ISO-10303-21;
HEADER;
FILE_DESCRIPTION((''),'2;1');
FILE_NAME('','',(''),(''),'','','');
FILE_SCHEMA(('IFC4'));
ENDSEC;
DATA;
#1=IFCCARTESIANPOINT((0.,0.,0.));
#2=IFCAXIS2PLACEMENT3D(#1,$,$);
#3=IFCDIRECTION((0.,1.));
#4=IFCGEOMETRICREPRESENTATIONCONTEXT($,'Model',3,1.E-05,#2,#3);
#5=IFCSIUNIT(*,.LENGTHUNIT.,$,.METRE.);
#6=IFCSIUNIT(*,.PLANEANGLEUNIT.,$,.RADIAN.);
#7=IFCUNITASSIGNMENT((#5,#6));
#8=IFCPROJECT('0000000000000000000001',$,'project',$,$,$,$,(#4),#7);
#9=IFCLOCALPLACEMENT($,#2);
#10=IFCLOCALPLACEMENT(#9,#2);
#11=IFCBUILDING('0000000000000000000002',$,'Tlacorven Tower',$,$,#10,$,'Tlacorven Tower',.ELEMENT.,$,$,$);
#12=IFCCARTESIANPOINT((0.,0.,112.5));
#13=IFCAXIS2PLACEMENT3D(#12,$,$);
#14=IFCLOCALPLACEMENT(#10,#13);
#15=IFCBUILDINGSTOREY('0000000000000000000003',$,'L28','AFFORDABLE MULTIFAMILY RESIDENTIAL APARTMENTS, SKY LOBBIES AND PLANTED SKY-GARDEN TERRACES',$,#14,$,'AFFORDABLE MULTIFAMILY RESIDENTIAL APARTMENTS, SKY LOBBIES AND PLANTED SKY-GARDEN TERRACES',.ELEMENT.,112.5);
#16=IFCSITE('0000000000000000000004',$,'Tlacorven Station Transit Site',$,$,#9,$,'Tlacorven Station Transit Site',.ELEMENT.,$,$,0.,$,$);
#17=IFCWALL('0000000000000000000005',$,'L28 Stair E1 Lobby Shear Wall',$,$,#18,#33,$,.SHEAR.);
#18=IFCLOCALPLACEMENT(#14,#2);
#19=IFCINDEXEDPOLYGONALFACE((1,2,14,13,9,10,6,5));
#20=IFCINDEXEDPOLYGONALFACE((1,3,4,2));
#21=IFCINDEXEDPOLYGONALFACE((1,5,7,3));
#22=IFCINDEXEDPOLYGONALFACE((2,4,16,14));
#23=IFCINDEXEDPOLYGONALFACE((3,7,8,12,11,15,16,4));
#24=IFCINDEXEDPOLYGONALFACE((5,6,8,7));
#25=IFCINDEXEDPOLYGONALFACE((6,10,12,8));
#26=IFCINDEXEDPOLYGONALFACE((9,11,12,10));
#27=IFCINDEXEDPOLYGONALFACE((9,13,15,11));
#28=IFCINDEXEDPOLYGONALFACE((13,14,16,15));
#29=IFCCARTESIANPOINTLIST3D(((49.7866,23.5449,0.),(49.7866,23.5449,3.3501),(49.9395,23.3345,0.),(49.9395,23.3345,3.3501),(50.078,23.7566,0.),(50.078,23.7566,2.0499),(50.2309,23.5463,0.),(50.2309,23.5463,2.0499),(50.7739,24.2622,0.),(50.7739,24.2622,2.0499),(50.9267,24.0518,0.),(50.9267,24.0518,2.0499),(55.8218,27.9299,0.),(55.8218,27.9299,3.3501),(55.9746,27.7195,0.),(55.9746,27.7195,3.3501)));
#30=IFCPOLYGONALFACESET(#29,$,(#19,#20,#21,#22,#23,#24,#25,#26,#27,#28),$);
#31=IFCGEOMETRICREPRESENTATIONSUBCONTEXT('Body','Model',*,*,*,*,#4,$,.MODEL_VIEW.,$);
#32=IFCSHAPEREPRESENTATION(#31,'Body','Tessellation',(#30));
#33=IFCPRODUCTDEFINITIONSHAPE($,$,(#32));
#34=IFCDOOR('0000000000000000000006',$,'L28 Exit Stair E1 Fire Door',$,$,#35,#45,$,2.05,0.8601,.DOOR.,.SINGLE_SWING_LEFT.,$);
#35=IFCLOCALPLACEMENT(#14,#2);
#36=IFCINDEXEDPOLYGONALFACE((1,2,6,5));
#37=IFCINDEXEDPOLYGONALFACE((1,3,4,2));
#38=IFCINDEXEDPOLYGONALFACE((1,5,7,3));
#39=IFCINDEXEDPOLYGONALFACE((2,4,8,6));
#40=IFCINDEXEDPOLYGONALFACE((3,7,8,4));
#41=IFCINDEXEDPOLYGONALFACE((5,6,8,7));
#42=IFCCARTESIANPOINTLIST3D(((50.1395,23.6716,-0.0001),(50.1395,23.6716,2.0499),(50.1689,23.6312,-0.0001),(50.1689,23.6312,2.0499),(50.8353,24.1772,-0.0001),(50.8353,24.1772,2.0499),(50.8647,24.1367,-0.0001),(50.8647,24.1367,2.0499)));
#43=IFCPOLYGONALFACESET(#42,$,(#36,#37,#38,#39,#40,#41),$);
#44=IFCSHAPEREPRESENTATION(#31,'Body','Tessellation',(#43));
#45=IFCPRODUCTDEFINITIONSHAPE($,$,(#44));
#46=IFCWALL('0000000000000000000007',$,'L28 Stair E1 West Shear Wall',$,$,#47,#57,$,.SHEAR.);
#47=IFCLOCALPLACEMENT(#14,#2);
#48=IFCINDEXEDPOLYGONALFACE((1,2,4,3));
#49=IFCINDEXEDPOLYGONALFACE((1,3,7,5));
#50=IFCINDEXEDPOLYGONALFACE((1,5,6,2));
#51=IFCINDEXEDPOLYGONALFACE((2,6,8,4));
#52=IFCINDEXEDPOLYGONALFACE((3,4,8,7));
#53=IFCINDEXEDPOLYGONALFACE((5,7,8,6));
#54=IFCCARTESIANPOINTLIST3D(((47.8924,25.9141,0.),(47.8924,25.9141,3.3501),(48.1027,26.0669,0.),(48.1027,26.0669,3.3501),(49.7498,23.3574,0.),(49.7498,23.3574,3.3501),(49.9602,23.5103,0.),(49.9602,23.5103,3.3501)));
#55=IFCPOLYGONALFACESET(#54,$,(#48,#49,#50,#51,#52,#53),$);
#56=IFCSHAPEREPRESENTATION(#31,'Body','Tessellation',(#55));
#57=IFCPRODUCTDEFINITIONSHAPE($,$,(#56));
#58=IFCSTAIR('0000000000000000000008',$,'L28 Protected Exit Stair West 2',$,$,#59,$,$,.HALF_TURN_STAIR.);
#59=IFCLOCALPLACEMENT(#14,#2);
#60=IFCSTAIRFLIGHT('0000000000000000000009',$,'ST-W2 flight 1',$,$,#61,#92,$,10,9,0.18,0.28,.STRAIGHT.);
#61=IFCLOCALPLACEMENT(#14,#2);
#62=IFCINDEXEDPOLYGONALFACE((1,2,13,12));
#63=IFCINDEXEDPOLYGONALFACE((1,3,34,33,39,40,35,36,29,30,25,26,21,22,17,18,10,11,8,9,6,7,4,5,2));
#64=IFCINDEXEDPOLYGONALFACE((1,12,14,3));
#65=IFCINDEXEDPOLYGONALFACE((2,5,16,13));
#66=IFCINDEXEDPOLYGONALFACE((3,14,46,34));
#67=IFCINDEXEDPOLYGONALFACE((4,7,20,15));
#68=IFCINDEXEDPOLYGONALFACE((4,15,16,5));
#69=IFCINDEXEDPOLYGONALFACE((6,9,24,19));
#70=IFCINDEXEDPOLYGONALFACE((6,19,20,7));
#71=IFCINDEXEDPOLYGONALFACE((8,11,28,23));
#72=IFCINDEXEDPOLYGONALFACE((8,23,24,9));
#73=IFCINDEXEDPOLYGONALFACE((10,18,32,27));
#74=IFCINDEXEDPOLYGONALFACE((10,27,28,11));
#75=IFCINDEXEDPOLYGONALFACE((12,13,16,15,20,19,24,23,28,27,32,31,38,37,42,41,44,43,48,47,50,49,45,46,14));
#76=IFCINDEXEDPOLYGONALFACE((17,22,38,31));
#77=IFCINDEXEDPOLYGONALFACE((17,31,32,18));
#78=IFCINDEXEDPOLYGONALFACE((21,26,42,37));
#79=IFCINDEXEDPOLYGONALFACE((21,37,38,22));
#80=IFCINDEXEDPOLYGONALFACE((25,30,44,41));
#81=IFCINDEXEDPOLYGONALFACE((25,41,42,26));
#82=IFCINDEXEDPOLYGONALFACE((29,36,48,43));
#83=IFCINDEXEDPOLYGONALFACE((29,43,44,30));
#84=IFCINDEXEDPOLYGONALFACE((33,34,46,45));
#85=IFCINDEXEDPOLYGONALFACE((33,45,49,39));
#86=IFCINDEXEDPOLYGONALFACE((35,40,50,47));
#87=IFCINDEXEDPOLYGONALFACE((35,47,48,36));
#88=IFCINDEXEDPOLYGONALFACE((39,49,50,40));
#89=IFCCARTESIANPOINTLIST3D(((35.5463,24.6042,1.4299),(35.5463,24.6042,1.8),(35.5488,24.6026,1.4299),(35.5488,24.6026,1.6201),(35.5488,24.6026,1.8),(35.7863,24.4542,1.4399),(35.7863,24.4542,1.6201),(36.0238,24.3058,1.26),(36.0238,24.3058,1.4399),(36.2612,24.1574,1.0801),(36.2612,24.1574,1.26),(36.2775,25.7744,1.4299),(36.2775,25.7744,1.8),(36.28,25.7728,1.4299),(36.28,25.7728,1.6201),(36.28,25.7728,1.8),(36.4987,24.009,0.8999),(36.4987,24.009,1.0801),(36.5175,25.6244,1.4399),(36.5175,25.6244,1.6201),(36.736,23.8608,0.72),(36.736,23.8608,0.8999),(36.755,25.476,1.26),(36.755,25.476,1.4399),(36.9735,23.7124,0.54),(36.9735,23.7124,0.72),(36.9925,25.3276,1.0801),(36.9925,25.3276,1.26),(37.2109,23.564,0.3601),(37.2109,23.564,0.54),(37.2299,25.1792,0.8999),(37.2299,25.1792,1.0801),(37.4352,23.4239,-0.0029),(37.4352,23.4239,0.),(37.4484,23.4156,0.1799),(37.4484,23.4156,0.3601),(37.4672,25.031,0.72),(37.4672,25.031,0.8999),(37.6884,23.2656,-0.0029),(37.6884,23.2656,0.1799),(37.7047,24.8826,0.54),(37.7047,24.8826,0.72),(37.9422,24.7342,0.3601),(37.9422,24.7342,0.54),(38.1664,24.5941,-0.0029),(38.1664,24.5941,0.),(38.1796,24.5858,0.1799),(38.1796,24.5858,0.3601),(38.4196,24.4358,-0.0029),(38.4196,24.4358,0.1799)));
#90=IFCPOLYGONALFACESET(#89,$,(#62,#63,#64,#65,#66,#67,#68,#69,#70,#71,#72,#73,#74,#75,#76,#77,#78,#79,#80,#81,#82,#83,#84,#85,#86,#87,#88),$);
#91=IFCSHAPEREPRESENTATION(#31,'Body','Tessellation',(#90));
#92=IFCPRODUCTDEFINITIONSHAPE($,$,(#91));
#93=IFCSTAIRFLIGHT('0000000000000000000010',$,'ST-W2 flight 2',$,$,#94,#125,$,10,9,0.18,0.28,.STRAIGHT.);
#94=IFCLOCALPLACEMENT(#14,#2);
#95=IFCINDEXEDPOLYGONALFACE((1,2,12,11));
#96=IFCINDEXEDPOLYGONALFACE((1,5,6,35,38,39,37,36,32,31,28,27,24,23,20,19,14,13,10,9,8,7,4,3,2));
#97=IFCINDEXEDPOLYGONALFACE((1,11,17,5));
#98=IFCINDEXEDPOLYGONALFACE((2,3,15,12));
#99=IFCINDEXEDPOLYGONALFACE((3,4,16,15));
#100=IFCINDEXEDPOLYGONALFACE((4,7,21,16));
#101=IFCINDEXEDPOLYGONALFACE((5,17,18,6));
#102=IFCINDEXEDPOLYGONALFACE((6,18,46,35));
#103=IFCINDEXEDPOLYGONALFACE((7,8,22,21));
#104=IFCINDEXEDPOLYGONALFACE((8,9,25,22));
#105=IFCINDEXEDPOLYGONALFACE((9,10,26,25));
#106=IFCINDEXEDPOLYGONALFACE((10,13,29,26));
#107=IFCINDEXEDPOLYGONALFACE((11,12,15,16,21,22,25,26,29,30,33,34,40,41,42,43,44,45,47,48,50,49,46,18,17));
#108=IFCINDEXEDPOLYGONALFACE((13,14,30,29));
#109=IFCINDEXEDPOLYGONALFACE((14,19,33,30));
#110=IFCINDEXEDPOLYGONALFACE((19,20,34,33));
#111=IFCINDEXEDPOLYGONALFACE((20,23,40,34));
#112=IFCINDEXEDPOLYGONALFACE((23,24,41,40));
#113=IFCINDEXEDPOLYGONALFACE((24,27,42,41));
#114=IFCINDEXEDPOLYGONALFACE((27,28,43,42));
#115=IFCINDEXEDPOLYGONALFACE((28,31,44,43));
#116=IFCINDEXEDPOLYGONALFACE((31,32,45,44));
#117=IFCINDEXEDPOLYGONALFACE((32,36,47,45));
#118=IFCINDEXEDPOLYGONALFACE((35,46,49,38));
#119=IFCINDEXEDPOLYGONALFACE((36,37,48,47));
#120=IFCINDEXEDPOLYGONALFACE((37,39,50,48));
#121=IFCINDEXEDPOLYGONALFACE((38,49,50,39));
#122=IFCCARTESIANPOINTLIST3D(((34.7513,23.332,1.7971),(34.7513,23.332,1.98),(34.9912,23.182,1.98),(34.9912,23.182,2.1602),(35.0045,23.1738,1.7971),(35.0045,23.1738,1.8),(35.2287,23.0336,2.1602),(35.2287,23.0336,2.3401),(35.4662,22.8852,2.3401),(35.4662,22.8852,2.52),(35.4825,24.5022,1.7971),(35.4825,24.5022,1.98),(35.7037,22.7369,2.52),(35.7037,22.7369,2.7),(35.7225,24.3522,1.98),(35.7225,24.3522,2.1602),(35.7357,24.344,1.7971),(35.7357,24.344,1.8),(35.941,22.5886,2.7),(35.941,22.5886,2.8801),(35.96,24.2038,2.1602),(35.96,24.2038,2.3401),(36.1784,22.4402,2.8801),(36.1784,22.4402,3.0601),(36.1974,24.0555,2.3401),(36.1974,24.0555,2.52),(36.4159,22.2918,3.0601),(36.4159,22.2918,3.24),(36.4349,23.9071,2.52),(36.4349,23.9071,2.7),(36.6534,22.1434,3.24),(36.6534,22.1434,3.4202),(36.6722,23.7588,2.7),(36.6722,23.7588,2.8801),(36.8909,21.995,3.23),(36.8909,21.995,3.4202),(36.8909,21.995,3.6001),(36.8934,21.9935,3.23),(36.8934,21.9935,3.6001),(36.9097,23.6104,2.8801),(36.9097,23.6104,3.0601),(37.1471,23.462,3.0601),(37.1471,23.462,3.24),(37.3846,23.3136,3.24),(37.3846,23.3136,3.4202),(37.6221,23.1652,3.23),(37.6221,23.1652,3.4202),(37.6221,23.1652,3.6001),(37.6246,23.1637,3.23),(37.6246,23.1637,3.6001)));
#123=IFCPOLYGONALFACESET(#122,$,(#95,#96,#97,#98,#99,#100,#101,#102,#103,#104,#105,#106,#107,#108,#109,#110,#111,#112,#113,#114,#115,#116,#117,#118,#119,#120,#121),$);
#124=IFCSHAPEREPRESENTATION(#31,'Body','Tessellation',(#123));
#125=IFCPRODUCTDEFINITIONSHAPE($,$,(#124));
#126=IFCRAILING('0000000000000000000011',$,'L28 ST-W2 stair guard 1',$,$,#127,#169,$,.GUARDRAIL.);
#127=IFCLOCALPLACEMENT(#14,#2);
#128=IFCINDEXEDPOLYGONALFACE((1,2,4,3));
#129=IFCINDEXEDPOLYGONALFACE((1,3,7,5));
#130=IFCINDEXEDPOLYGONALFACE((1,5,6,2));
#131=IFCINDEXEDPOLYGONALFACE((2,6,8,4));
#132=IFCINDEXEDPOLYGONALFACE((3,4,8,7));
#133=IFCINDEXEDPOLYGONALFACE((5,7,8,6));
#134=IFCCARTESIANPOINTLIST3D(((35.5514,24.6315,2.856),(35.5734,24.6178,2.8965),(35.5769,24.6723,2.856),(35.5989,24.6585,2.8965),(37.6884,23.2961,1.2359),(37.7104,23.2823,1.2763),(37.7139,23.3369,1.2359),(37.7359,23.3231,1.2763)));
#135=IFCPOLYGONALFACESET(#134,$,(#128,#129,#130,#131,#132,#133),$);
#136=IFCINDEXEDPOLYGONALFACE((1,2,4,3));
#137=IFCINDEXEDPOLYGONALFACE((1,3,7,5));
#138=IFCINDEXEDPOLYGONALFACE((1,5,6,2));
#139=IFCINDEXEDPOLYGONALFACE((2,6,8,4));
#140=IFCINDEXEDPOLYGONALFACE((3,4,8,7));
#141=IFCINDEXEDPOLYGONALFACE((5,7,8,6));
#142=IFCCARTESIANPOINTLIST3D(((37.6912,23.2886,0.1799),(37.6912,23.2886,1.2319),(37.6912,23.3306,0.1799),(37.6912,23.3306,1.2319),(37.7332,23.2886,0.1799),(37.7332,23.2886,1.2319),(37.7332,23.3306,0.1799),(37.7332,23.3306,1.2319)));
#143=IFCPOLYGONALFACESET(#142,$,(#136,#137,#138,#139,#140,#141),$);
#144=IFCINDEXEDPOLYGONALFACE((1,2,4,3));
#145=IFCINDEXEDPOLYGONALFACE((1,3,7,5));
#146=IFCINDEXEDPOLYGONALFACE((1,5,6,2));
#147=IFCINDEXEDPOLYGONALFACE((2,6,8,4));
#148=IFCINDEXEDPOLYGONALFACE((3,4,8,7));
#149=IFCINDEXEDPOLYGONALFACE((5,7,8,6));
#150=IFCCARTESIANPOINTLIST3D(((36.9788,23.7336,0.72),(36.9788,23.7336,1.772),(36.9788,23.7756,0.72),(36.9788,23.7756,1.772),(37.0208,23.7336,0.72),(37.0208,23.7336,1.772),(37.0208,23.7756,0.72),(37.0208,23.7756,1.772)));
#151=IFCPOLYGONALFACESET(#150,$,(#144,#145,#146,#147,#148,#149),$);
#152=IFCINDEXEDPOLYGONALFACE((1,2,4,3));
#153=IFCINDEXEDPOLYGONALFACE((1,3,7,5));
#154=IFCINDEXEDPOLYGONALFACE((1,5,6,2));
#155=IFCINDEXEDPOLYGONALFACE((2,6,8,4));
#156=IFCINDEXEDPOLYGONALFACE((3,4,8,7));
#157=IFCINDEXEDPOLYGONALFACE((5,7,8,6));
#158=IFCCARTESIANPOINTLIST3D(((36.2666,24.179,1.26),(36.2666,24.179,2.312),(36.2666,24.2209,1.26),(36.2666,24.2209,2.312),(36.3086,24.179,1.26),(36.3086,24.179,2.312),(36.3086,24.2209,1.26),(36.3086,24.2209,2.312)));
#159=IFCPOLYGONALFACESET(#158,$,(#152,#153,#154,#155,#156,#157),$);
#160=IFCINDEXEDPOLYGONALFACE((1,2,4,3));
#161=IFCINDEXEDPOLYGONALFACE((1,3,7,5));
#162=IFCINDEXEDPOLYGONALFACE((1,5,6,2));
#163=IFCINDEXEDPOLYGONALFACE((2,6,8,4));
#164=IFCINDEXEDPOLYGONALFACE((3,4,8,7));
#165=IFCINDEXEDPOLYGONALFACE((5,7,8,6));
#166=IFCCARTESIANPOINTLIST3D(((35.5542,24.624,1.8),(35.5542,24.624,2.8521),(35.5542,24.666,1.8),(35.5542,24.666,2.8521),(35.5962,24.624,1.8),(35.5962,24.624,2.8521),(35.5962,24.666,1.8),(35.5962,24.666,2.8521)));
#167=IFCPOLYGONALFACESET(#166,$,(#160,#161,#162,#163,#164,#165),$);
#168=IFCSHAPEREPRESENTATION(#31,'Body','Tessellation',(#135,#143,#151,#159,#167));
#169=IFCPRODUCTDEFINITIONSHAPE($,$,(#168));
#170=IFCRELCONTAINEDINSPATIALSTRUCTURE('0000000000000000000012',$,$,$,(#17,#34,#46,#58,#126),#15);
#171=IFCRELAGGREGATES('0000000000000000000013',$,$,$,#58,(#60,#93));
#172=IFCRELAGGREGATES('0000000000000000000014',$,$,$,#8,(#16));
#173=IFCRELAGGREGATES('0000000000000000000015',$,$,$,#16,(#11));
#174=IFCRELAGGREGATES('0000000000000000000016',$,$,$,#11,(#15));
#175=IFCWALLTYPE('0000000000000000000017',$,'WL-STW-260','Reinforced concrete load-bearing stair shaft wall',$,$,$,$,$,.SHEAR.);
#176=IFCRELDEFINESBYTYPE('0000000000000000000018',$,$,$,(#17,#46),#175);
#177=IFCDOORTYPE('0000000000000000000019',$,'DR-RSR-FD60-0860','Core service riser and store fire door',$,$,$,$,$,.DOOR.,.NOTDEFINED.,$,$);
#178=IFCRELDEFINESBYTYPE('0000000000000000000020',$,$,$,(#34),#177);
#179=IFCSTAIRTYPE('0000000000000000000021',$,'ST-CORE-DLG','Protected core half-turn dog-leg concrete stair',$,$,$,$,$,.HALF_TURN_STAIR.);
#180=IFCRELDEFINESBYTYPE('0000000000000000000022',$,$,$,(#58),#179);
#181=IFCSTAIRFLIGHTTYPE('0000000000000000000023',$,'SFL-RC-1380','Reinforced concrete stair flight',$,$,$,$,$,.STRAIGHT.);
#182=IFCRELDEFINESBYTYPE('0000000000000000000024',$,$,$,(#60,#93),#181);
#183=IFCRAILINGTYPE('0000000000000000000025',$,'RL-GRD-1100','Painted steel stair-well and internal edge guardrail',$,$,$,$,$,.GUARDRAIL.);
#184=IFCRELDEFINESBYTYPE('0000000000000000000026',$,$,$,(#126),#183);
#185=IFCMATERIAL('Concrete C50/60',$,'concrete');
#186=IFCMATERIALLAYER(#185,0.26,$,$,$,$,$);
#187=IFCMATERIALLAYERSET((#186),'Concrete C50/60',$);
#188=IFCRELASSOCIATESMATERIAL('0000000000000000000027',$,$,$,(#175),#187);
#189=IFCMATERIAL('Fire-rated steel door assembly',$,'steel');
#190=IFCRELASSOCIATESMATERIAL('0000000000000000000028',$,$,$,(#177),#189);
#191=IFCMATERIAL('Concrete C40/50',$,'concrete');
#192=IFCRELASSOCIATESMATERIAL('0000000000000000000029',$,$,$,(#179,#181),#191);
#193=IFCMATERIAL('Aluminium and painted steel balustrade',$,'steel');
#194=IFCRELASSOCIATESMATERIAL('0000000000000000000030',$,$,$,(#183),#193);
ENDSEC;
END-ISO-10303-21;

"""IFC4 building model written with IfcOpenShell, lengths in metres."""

from ifc_helpers import new_model, si_unit, direction, frame, frame_2d, origin, origin_2d, place, context, subcontext, project, spatial, polyline, rectangle, outline, extrude, source, transform, mapped, material, layer, layer_set, type_object, element, fill, aggregate, save


model = new_model("IFC4")

# Units and contexts
model_context = context("Model", 3, precision=1e-05, world=origin(), true_north=direction((0.0, 1.0)))
body_context = subcontext(model_context, "Body", "Model", "MODEL_VIEW")
ifc_project = project(units=[si_unit("LENGTHUNIT", "METRE"), si_unit("PLANEANGLEUNIT", "RADIAN")], contexts=[model_context])

# Site, building, storey
site_placement = place(None, origin())
site = spatial("IfcSite", under=ifc_project, at=site_placement, Name="Tlacorven Station Transit Site", LongName="Tlacorven Station Transit Site", CompositionType="ELEMENT", RefElevation=0.0)
building_placement = place(site_placement, origin())
building = spatial("IfcBuilding", under=site, at=building_placement, Name="Tlacorven Tower", LongName="Tlacorven Tower", CompositionType="ELEMENT")
storey_placement = place(building_placement, frame((0.0, 0.0, 112.5)))
storey = spatial("IfcBuildingStorey", under=building, at=storey_placement, Name="L28", Description="AFFORDABLE MULTIFAMILY RESIDENTIAL APARTMENTS, SKY LOBBIES AND PLANTED SKY-GARDEN TERRACES", LongName="AFFORDABLE MULTIFAMILY RESIDENTIAL APARTMENTS, SKY LOBBIES AND PLANTED SKY-GARDEN TERRACES", CompositionType="ELEMENT", Elevation=112.5)

# Shared definitions
ifc_material_1 = material(Name="Concrete C40/50", Category="concrete")
ifc_material_2 = material(Name="Concrete C50/60", Category="concrete")
ifc_layer_1 = layer(ifc_material_2, 0.26)
ifc_layer_set_1 = layer_set([ifc_layer_1], Name="Concrete C50/60")
wall_type_1 = type_object("IfcWallType", Name="WL-STW-260", Description="Reinforced concrete load-bearing stair shaft wall", PredefinedType="SHEAR", material=ifc_layer_set_1)

# Wall, opening, door
wall_1_placement = place(storey_placement, frame((49.863, 23.4397, 0.0), z_axis=(0.0, 0.0, 1.0), x_axis=(0.809003, 0.587804, 0.0)))
wall_1 = element("IfcWall", 1, at=wall_1_placement, inside=storey, type_object=wall_type_1, Name="L28 Stair E1 Lobby Shear Wall", PredefinedType="SHEAR", context=body_context, shape_type="SweptSolid", body=[
    extrude(rectangle(XDim=7.46, YDim=0.26, at=frame_2d((3.73, 0.0))), origin(), (0.0, 0.0, 1.0), 3.3501),
])
opening_placement = place(wall_1_placement, frame((0.3601, 0.0, 0.0)))
opening = element("IfcOpeningElement", 2, at=opening_placement, cuts=wall_1, PredefinedType="OPENING", context=body_context, shape_type="SweptSolid", body=[
    extrude(rectangle(XDim=0.8601, YDim=2.05, at=frame_2d((0.4302, 1.0249))), frame((0.0, 0.1401, 0.0), z_axis=(0.0, -1.0, 0.0), x_axis=(1.0, 0.0, 0.0)), (0.0, 0.0, 1.0), 0.28),
])
ifc_material_3 = material(Name="Fire-rated steel door assembly", Category="steel")
door_type = type_object("IfcDoorType", Name="DR-RSR-FD60-0860", Description="Core service riser and store fire door", OperationType="NOTDEFINED", PredefinedType="DOOR", material=ifc_material_3)
shared_shape_1 = source(origin(), body_context, "Body", "SweptSolid", [
    extrude(rectangle(XDim=0.8601, YDim=2.05, at=frame_2d((0.4302, 1.0249))), frame((0.0, 0.0249, 0.0), z_axis=(0.0, -1.0, 0.0), x_axis=(1.0, 0.0, 0.0)), (0.0, 0.0, 1.0), 0.05),
])
door_placement = place(opening_placement, frame((0.8601, 0.0, 0.0), z_axis=(0.0, 0.0, 1.0), x_axis=(-1.0, 0.0, 0.0)))
door = element("IfcDoor", 3, at=door_placement, inside=storey, type_object=door_type, Name="L28 Exit Stair E1 Fire Door", OperationType="SINGLE_SWING_LEFT", OverallHeight=2.05, OverallWidth=0.8601, PredefinedType="DOOR", context=body_context, shape_type="MappedRepresentation", body=[
    mapped(shared_shape_1, transform((0.0, 0.0, 0.0), scale=1.0)),
])
fill(opening, door)

# Wall
wall_2_placement = place(storey_placement, frame((49.855, 23.4338, 0.0), z_axis=(0.0, 0.0, 1.0), x_axis=(-0.587767, 0.80903, 0.0)))
element("IfcWall", 4, at=wall_2_placement, inside=storey, type_object=wall_type_1, Name="L28 Stair E1 West Shear Wall", PredefinedType="SHEAR", context=body_context, shape_type="SweptSolid", body=[
    extrude(rectangle(XDim=3.1602, YDim=0.26, at=frame_2d((1.5801, 0.0))), origin(), (0.0, 0.0, 1.0), 3.3501),
])

# Stair, stair flights
stair_type = type_object("IfcStairType", Name="ST-CORE-DLG", Description="Protected core half-turn dog-leg concrete stair", PredefinedType="HALF_TURN_STAIR", material=ifc_material_1)
stair_placement = place(storey_placement, origin())
stair = element("IfcStair", 5, at=stair_placement, inside=storey, type_object=stair_type, Name="L28 Protected Exit Stair West 2", PredefinedType="HALF_TURN_STAIR")
stair_flight_type = type_object("IfcStairFlightType", Name="SFL-RC-1380", Description="Reinforced concrete stair flight", PredefinedType="STRAIGHT", material=ifc_material_1)
shared_shape_2 = source(origin(), body_context, "Body", "SweptSolid", [
    extrude(outline(polyline([(-0.0029, -0.0029), (-0.0029, 0.1799), (0.28, 0.1799), (0.28, 0.3601), (0.5601, 0.3601), (0.5601, 0.54), (0.8401, 0.54), (0.8401, 0.72), (1.1201, 0.72), (1.1201, 0.8999), (1.3999, 0.8999), (1.3999, 1.0801), (1.6799, 1.0801), (1.6799, 1.26), (1.96, 1.26), (1.96, 1.4399), (2.24, 1.4399), (2.24, 1.6201), (2.52, 1.6201), (2.52, 1.8), (2.5229, 1.8), (2.5229, 1.4299), (2.52, 1.4299), (0.2957, 0.0), (0.2957, -0.0029), (-0.0029, -0.0029)])), frame((0.0, 0.6899, 0.0), z_axis=(0.0, -1.0, 0.0), x_axis=(1.0, 0.0, 0.0)), (0.0, 0.0, 1.0), 1.3799),
])
stair_flight_1_placement = place(storey_placement, frame((38.0515, 23.8523, 0.0), z_axis=(0.0, 0.0, 1.0), x_axis=(-0.848048, 0.529919, 0.0)))
stair_flight_1 = element("IfcStairFlight", 6, at=stair_flight_1_placement, type_object=stair_flight_type, Name="ST-W2 flight 1", NumberOfRisers=10, NumberOfTreads=9, PredefinedType="STRAIGHT", RiserHeight=0.18, TreadLength=0.28, context=body_context, shape_type="MappedRepresentation", body=[
    mapped(shared_shape_2, transform((0.0, 0.0, 0.0), scale=1.0)),
])
stair_flight_2_placement = place(storey_placement, frame((35.1194, 23.9155, 1.8), z_axis=(0.0, 0.0, 1.0), x_axis=(0.848048, -0.529919, 0.0)))
stair_flight_2 = element("IfcStairFlight", 7, at=stair_flight_2_placement, type_object=stair_flight_type, Name="ST-W2 flight 2", NumberOfRisers=10, NumberOfTreads=9, PredefinedType="STRAIGHT", RiserHeight=0.18, TreadLength=0.28, context=body_context, shape_type="MappedRepresentation", body=[
    mapped(shared_shape_2, transform((0.0, 0.0, 0.0), scale=1.0)),
])
aggregate(stair, [stair_flight_1, stair_flight_2])

# Railing
ifc_material_4 = material(Name="Aluminium and painted steel balustrade", Category="steel")
railing_type_1 = type_object("IfcRailingType", Name="RL-GRD-1100", Description="Painted steel stair-well and internal edge guardrail", PredefinedType="GUARDRAIL", material=ifc_material_4)
shared_shape_3 = source(origin(), body_context, "Body", "SweptSolid", [
    extrude(rectangle(XDim=0.0481, YDim=0.0481, at=origin_2d()), frame((0.0, 0.0, 1.0762), z_axis=(-0.71332, 0.445774, 0.540796), x_axis=(-0.529955, -0.848026, 0.0)), (0.0, 0.0, 1.0), 2.9958),
    extrude(rectangle(XDim=0.042, YDim=0.042, at=origin_2d()), origin(), (0.0, 0.0, 1.0), 1.052),
    extrude(rectangle(XDim=0.042, YDim=0.042, at=origin_2d()), frame((-0.7124, 0.4451, 0.54)), (0.0, 0.0, 1.0), 1.052),
    extrude(rectangle(XDim=0.042, YDim=0.042, at=origin_2d()), frame((-1.4246, 0.8904, 1.0801)), (0.0, 0.0, 1.0), 1.052),
    extrude(rectangle(XDim=0.042, YDim=0.042, at=origin_2d()), frame((-2.137, 1.3354, 1.6201)), (0.0, 0.0, 1.0), 1.052),
])
railing_1_placement = place(storey_placement, frame((37.7122, 23.3096, 0.1799)))
element("IfcRailing", 8, at=railing_1_placement, inside=storey, type_object=railing_type_1, Name="L28 ST-W2 stair guard 1", PredefinedType="GUARDRAIL", context=body_context, shape_type="MappedRepresentation", body=[
    mapped(shared_shape_3, transform((0.0, 0.0, 0.0), scale=1.0)),
])

save(model, "model.ifc")
